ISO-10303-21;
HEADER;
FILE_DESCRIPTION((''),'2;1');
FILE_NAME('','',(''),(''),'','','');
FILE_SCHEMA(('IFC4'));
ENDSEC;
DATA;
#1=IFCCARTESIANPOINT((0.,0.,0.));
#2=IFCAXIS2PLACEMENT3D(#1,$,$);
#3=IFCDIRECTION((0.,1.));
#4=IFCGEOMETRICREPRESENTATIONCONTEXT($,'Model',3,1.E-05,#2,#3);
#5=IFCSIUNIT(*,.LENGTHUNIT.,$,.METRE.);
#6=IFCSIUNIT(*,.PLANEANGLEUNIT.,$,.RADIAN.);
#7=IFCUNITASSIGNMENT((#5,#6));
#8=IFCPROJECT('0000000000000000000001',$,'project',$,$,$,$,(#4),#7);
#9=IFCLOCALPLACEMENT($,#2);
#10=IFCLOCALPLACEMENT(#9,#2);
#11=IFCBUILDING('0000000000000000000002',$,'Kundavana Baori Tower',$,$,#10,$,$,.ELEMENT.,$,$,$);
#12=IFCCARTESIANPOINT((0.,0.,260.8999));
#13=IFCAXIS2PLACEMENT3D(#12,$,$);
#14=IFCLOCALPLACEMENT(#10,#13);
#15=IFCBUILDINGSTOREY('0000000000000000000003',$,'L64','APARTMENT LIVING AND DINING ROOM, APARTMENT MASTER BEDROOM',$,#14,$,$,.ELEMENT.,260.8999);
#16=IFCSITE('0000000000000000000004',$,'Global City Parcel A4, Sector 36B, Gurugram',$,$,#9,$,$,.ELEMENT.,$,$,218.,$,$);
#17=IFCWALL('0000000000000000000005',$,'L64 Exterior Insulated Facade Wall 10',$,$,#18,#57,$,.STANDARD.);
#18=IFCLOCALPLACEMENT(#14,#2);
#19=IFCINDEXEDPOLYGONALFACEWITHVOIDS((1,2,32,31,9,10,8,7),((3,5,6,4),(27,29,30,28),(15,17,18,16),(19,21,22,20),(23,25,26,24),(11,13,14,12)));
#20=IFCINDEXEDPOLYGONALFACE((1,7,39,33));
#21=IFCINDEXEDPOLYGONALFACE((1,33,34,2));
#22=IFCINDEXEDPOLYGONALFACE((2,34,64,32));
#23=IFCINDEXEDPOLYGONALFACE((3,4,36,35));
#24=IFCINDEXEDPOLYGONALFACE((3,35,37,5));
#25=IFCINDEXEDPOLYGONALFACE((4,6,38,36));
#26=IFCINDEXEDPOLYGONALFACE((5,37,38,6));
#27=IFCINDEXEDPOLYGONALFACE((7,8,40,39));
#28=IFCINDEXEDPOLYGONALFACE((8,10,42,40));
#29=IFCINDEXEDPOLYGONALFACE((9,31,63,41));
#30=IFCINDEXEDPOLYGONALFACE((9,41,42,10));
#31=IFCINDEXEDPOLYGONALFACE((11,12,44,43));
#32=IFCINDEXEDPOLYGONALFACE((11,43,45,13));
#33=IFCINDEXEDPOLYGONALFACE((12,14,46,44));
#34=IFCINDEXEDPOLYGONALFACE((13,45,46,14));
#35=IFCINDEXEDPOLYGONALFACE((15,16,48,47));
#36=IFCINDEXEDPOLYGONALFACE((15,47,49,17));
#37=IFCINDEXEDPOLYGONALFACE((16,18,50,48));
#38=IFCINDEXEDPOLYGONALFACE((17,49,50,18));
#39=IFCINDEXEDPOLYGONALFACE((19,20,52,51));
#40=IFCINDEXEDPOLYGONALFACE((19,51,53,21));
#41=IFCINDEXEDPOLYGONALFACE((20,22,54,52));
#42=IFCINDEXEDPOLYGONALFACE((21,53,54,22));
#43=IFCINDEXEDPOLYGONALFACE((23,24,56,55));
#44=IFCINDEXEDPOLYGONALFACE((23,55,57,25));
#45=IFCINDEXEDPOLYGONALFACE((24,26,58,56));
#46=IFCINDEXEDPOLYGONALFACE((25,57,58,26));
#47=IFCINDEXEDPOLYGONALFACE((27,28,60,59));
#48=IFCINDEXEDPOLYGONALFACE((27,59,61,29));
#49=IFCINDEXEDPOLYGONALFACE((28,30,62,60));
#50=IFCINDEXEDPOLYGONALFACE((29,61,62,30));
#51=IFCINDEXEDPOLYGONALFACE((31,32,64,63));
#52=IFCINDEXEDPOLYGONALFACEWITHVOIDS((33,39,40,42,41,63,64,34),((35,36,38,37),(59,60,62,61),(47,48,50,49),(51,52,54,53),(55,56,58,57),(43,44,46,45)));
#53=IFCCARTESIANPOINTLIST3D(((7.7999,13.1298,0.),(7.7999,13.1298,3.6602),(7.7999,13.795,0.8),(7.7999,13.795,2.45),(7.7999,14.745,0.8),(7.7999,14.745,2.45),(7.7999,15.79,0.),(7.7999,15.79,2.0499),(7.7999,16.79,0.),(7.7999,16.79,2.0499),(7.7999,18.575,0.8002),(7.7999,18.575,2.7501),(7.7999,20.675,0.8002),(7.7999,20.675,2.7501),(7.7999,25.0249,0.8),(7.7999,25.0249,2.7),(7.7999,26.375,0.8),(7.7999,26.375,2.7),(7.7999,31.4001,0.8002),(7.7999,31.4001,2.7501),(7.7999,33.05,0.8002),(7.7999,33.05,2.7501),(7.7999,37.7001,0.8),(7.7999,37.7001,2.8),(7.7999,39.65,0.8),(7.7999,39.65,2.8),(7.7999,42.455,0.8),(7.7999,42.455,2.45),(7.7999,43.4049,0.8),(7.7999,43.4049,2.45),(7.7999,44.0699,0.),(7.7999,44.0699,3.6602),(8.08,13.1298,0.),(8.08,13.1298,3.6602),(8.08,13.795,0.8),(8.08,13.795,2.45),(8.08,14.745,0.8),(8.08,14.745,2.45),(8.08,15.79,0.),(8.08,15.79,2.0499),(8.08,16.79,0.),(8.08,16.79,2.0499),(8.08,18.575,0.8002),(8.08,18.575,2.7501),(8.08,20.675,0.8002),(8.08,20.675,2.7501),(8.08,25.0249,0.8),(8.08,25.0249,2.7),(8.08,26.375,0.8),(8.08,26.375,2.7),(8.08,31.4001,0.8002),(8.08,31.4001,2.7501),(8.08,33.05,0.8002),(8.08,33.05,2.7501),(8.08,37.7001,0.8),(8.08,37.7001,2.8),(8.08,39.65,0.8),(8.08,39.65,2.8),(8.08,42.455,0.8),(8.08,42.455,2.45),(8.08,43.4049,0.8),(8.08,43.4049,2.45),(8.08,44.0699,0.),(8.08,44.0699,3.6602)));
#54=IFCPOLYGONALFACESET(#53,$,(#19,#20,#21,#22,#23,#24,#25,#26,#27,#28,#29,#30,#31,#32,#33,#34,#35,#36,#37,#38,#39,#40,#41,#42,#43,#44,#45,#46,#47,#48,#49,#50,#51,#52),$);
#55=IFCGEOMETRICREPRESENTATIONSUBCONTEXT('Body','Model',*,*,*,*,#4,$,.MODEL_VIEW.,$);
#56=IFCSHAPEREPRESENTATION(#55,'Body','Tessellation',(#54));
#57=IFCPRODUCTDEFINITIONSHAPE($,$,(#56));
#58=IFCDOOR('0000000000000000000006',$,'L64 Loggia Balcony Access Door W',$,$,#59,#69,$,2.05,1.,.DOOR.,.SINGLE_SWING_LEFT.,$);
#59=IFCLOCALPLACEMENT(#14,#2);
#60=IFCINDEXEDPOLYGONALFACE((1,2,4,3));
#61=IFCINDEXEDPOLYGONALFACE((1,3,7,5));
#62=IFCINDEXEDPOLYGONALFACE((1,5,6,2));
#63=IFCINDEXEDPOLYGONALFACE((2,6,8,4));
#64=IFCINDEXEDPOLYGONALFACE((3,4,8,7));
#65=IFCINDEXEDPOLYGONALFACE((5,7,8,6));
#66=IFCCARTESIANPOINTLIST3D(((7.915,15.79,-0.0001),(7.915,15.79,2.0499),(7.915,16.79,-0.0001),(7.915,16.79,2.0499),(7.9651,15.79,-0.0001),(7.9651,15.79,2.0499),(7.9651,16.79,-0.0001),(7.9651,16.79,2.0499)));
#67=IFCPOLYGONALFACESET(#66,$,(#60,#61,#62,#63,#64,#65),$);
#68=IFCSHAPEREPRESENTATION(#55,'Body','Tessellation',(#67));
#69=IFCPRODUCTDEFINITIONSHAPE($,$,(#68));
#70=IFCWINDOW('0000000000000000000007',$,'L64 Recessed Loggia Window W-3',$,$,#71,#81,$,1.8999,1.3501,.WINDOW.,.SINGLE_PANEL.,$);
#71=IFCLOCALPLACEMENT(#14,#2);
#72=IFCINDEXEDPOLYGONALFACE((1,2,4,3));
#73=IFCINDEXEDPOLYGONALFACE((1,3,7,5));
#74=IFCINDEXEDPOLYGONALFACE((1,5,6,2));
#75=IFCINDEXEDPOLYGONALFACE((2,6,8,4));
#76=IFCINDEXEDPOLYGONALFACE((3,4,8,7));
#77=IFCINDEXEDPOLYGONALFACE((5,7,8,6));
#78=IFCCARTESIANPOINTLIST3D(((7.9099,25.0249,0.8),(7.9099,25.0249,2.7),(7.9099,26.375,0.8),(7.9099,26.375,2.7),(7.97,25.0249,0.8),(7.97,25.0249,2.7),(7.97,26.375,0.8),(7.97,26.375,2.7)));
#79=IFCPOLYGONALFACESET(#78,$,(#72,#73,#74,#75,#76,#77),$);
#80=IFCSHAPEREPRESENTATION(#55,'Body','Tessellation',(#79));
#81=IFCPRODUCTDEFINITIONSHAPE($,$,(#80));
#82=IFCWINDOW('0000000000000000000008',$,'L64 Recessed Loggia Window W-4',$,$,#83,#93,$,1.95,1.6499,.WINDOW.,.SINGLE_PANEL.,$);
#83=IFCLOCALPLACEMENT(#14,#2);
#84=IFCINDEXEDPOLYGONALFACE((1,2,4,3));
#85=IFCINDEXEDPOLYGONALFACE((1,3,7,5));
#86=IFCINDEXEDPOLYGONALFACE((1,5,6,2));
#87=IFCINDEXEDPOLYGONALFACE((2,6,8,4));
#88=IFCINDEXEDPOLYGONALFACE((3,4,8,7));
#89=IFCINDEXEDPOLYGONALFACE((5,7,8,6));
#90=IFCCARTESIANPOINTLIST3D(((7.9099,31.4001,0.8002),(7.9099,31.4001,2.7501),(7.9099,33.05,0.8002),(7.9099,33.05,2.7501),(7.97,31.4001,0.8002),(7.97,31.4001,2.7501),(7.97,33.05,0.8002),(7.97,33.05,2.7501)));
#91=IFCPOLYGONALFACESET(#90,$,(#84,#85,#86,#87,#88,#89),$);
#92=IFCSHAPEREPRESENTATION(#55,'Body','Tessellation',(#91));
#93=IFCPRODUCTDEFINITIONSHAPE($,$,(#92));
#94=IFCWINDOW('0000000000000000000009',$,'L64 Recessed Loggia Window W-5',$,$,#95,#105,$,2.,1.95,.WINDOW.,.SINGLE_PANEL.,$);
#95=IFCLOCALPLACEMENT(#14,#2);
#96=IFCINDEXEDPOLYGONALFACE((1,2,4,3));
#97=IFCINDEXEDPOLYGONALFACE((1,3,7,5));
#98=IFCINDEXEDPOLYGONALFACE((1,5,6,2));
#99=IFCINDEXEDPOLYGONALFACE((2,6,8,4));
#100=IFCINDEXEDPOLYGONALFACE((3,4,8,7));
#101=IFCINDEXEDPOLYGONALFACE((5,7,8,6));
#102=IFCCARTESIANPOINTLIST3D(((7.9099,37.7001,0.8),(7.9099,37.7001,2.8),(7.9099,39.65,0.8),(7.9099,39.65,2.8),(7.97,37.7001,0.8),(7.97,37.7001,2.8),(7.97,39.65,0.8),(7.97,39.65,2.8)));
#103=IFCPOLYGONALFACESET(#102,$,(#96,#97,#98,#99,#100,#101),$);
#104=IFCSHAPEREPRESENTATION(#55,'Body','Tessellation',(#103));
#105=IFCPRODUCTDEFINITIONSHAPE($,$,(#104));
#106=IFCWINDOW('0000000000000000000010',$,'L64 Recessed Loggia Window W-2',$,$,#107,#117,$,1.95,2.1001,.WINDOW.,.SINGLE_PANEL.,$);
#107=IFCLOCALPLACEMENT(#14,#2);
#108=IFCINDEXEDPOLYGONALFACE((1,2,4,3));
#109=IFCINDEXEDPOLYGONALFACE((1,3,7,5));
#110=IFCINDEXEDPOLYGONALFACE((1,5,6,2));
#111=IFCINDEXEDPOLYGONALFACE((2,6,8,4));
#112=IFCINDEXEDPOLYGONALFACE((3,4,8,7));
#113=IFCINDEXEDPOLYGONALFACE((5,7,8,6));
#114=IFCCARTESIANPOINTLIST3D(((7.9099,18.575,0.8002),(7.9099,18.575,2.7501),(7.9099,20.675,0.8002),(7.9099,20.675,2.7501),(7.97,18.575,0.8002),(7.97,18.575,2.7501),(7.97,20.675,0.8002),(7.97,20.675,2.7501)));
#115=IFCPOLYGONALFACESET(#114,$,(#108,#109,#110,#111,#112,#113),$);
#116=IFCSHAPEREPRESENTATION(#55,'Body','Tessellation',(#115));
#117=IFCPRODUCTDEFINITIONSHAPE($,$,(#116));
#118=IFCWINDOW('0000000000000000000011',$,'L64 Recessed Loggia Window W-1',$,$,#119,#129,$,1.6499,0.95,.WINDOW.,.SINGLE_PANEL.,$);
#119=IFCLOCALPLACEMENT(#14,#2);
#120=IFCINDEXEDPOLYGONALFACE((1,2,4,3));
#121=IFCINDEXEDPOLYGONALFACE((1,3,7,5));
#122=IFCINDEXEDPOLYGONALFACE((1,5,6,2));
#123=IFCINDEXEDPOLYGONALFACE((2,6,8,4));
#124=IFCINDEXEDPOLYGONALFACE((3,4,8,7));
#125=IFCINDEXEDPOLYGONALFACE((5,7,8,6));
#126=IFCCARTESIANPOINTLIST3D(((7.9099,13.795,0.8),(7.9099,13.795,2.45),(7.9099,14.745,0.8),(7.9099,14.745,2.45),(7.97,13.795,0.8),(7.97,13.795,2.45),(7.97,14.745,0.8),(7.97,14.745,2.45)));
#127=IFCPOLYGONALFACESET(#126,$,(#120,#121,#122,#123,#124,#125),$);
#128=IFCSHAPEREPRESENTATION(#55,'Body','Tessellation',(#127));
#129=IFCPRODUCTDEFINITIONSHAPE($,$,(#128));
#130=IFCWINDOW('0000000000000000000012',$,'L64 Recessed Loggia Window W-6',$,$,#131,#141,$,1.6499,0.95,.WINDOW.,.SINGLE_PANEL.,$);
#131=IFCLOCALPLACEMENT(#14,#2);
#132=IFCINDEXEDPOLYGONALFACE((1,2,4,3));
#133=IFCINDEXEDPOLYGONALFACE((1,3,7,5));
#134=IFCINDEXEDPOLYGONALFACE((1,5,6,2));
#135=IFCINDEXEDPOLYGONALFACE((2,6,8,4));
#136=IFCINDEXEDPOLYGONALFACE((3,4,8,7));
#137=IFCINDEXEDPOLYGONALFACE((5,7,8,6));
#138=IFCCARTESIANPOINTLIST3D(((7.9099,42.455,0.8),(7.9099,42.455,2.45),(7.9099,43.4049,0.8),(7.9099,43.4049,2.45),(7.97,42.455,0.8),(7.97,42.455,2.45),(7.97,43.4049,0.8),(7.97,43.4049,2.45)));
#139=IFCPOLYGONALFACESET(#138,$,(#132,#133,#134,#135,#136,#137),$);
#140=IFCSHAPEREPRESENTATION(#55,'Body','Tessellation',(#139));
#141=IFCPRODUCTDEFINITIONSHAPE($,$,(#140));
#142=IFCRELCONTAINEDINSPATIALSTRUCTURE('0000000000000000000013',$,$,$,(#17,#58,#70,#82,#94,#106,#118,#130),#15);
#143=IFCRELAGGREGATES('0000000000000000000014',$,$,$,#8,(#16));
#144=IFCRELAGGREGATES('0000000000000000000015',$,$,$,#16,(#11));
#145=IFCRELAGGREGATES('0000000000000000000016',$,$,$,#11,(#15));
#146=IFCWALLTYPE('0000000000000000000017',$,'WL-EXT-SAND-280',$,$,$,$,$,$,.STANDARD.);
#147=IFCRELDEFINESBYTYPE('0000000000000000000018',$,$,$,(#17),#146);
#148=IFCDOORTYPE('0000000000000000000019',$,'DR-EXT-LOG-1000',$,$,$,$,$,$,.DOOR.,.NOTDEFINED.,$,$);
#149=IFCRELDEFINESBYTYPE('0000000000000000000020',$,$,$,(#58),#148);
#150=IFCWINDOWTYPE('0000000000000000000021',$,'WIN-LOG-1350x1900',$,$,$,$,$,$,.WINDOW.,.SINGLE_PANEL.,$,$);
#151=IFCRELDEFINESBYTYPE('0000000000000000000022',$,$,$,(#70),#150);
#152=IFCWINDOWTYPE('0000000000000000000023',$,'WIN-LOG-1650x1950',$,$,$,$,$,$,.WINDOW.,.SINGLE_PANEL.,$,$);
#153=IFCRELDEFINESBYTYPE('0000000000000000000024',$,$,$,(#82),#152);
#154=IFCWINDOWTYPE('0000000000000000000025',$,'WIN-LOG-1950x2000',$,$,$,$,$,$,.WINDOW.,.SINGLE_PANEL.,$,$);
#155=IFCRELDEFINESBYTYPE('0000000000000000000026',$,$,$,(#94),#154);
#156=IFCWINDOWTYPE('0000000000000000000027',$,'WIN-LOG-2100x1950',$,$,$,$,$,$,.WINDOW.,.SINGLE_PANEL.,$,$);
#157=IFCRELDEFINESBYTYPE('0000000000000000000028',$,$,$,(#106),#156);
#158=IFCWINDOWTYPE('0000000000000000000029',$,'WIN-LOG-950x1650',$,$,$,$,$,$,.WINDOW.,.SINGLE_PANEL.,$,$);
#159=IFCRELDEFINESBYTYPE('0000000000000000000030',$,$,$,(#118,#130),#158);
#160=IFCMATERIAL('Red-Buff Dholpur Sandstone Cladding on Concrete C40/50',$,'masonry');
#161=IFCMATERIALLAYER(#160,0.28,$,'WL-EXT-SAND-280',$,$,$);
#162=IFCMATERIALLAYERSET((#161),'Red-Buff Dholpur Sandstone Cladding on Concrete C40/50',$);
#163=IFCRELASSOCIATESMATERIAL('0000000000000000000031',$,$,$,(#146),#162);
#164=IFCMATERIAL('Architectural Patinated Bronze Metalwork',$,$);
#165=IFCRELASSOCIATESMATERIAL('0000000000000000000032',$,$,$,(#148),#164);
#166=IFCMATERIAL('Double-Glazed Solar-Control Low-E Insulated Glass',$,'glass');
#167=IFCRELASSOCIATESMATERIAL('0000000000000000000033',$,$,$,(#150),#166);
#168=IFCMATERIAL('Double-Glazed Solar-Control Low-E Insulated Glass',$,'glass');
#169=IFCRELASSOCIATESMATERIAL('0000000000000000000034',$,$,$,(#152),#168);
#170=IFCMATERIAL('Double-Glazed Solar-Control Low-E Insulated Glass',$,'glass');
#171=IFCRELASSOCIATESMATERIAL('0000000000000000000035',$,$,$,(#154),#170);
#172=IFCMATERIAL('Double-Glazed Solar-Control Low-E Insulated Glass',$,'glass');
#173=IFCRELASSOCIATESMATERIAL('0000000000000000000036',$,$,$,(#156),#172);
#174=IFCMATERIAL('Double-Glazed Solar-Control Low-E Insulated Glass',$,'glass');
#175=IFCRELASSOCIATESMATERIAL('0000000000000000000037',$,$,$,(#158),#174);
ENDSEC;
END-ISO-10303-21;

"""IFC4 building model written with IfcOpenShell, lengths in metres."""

from ifc_helpers import new_model, si_unit, direction, frame, frame_2d, origin, place, context, subcontext, project, spatial, rectangle, extrude, material, layer, layer_set, type_object, element, fill, save


model = new_model("IFC4")

# Units and contexts
model_context = context("Model", 3, precision=1e-05, world=origin(), true_north=direction((0.0, 1.0)))
body_context = subcontext(model_context, "Body", "Model", "MODEL_VIEW")
ifc_project = project(units=[si_unit("LENGTHUNIT", "METRE"), si_unit("PLANEANGLEUNIT", "RADIAN")], contexts=[model_context])

# Site, building, storey
site_placement = place(None, origin())
site = spatial("IfcSite", under=ifc_project, at=site_placement, Name="Global City Parcel A4, Sector 36B, Gurugram", CompositionType="ELEMENT", RefElevation=218.0)
building_placement = place(site_placement, origin())
building = spatial("IfcBuilding", under=site, at=building_placement, Name="Kundavana Baori Tower", CompositionType="ELEMENT")
storey_placement = place(building_placement, frame((0.0, 0.0, 260.8999)))
storey = spatial("IfcBuildingStorey", under=building, at=storey_placement, Name="L64", Description="APARTMENT LIVING AND DINING ROOM, APARTMENT MASTER BEDROOM", CompositionType="ELEMENT", Elevation=260.8999)

# Shared definitions
ifc_material_1 = material(Name="Red-Buff Dholpur Sandstone Cladding on Concrete C40/50", Category="masonry")
ifc_layer_1 = layer(ifc_material_1, 0.28, Name="WL-EXT-SAND-280")
ifc_layer_set_1 = layer_set([ifc_layer_1], Name="Red-Buff Dholpur Sandstone Cladding on Concrete C40/50")
wall_type_1 = type_object("IfcWallType", Name="WL-EXT-SAND-280", PredefinedType="STANDARD", material=ifc_layer_set_1)

# Wall, openings, door, windows
wall_1_placement = place(storey_placement, frame((7.9399, 44.0701, 0.0), z_axis=(0.0, 0.0, 1.0), x_axis=(0.0, -1.0, 0.0)))
wall_1 = element("IfcWall", 1, at=wall_1_placement, inside=storey, type_object=wall_type_1, Name="L64 Exterior Insulated Facade Wall 10", PredefinedType="STANDARD", context=body_context, shape_type="SweptSolid", body=[
    extrude(rectangle(XDim=30.9402, YDim=0.28, at=frame_2d((15.4702, 0.0))), origin(), (0.0, 0.0, 1.0), 3.6602),
])
opening_1_placement = place(wall_1_placement, frame((29.325, 0.0, 0.8)))
opening_1 = element("IfcOpeningElement", 2, at=opening_1_placement, cuts=wall_1, PredefinedType="OPENING", context=body_context, shape_type="SweptSolid", body=[
    extrude(rectangle(XDim=0.95, YDim=1.6499, at=frame_2d((0.4751, 0.825))), frame((0.0, 0.1499, 0.0), z_axis=(0.0, -1.0, 0.0), x_axis=(1.0, 0.0, 0.0)), (0.0, 0.0, 1.0), 0.3),
])
opening_2_placement = place(wall_1_placement, frame((27.28, 0.0, 0.0)))
opening_2 = element("IfcOpeningElement", 3, at=opening_2_placement, cuts=wall_1, PredefinedType="OPENING", context=body_context, shape_type="SweptSolid", body=[
    extrude(rectangle(XDim=1.0, YDim=2.05, at=frame_2d((0.5, 1.0249))), frame((0.0, 0.1499, 0.0), z_axis=(0.0, -1.0, 0.0), x_axis=(1.0, 0.0, 0.0)), (0.0, 0.0, 1.0), 0.3),
])
opening_3_placement = place(wall_1_placement, frame((23.395, 0.0, 0.8)))
opening_3 = element("IfcOpeningElement", 4, at=opening_3_placement, cuts=wall_1, PredefinedType="OPENING", context=body_context, shape_type="SweptSolid", body=[
    extrude(rectangle(XDim=2.1001, YDim=1.95, at=frame_2d((1.05, 0.9751))), frame((0.0, 0.1499, 0.0), z_axis=(0.0, -1.0, 0.0), x_axis=(1.0, 0.0, 0.0)), (0.0, 0.0, 1.0), 0.3),
])
opening_4_placement = place(wall_1_placement, frame((17.6951, 0.0, 0.8)))
opening_4 = element("IfcOpeningElement", 5, at=opening_4_placement, cuts=wall_1, PredefinedType="OPENING", context=body_context, shape_type="SweptSolid", body=[
    extrude(rectangle(XDim=1.3501, YDim=1.8999, at=frame_2d((0.675, 0.95))), frame((0.0, 0.1499, 0.0), z_axis=(0.0, -1.0, 0.0), x_axis=(1.0, 0.0, 0.0)), (0.0, 0.0, 1.0), 0.3),
])
opening_5_placement = place(wall_1_placement, frame((11.02, 0.0, 0.8)))
opening_5 = element("IfcOpeningElement", 6, at=opening_5_placement, cuts=wall_1, PredefinedType="OPENING", context=body_context, shape_type="SweptSolid", body=[
    extrude(rectangle(XDim=1.6499, YDim=1.95, at=frame_2d((0.825, 0.9751))), frame((0.0, 0.1499, 0.0), z_axis=(0.0, -1.0, 0.0), x_axis=(1.0, 0.0, 0.0)), (0.0, 0.0, 1.0), 0.3),
])
opening_6_placement = place(wall_1_placement, frame((4.4199, 0.0, 0.8)))
opening_6 = element("IfcOpeningElement", 7, at=opening_6_placement, cuts=wall_1, PredefinedType="OPENING", context=body_context, shape_type="SweptSolid", body=[
    extrude(rectangle(XDim=1.95, YDim=2.0, at=frame_2d((0.9751, 1.0))), frame((0.0, 0.1499, 0.0), z_axis=(0.0, -1.0, 0.0), x_axis=(1.0, 0.0, 0.0)), (0.0, 0.0, 1.0), 0.3),
])
opening_7_placement = place(wall_1_placement, frame((0.665, 0.0, 0.8)))
opening_7 = element("IfcOpeningElement", 8, at=opening_7_placement, cuts=wall_1, PredefinedType="OPENING", context=body_context, shape_type="SweptSolid", body=[
    extrude(rectangle(XDim=0.95, YDim=1.6499, at=frame_2d((0.4751, 0.825))), frame((0.0, 0.1499, 0.0), z_axis=(0.0, -1.0, 0.0), x_axis=(1.0, 0.0, 0.0)), (0.0, 0.0, 1.0), 0.3),
])
ifc_material_2 = material(Name="Architectural Patinated Bronze Metalwork")
door_type_1 = type_object("IfcDoorType", Name="DR-EXT-LOG-1000", OperationType="NOTDEFINED", PredefinedType="DOOR", material=ifc_material_2)
door_1_placement = place(opening_2_placement, frame((1.0, 0.0, 0.0), z_axis=(0.0, 0.0, 1.0), x_axis=(-1.0, 0.0, 0.0)))
door_1 = element("IfcDoor", 9, at=door_1_placement, inside=storey, type_object=door_type_1, Name="L64 Loggia Balcony Access Door W", OperationType="SINGLE_SWING_LEFT", OverallHeight=2.05, OverallWidth=1.0, PredefinedType="DOOR", context=body_context, shape_type="SweptSolid", body=[
    extrude(rectangle(XDim=1.0, YDim=2.05, at=frame_2d((0.5, 1.0249))), frame((0.0, 0.0249, 0.0), z_axis=(0.0, -1.0, 0.0), x_axis=(1.0, 0.0, 0.0)), (0.0, 0.0, 1.0), 0.05),
])
fill(opening_2, door_1)
ifc_material_3 = material(Name="Double-Glazed Solar-Control Low-E Insulated Glass", Category="glass")
window_type_1 = type_object("IfcWindowType", Name="WIN-LOG-1350x1900", PartitioningType="SINGLE_PANEL", PredefinedType="WINDOW", material=ifc_material_3)
window_1_placement = place(opening_4_placement, origin())
window_1 = element("IfcWindow", 10, at=window_1_placement, inside=storey, type_object=window_type_1, Name="L64 Recessed Loggia Window W-3", OverallHeight=1.8999, OverallWidth=1.3501, PartitioningType="SINGLE_PANEL", PredefinedType="WINDOW", context=body_context, shape_type="SweptSolid", body=[
    extrude(rectangle(XDim=1.3501, YDim=1.8999, at=frame_2d((0.675, 0.95))), frame((0.0, 0.03, 0.0), z_axis=(0.0, -1.0, 0.0), x_axis=(1.0, 0.0, 0.0)), (0.0, 0.0, 1.0), 0.0601),
])
fill(opening_4, window_1)
ifc_material_4 = material(Name="Double-Glazed Solar-Control Low-E Insulated Glass", Category="glass")
window_type_2 = type_object("IfcWindowType", Name="WIN-LOG-1650x1950", PartitioningType="SINGLE_PANEL", PredefinedType="WINDOW", material=ifc_material_4)
window_2_placement = place(opening_5_placement, origin())
window_2 = element("IfcWindow", 11, at=window_2_placement, inside=storey, type_object=window_type_2, Name="L64 Recessed Loggia Window W-4", OverallHeight=1.95, OverallWidth=1.6499, PartitioningType="SINGLE_PANEL", PredefinedType="WINDOW", context=body_context, shape_type="SweptSolid", body=[
    extrude(rectangle(XDim=1.6499, YDim=1.95, at=frame_2d((0.825, 0.9751))), frame((0.0, 0.03, 0.0), z_axis=(0.0, -1.0, 0.0), x_axis=(1.0, 0.0, 0.0)), (0.0, 0.0, 1.0), 0.0601),
])
fill(opening_5, window_2)
ifc_material_5 = material(Name="Double-Glazed Solar-Control Low-E Insulated Glass", Category="glass")
window_type_3 = type_object("IfcWindowType", Name="WIN-LOG-1950x2000", PartitioningType="SINGLE_PANEL", PredefinedType="WINDOW", material=ifc_material_5)
window_3_placement = place(opening_6_placement, origin())
window_3 = element("IfcWindow", 12, at=window_3_placement, inside=storey, type_object=window_type_3, Name="L64 Recessed Loggia Window W-5", OverallHeight=2.0, OverallWidth=1.95, PartitioningType="SINGLE_PANEL", PredefinedType="WINDOW", context=body_context, shape_type="SweptSolid", body=[
    extrude(rectangle(XDim=1.95, YDim=2.0, at=frame_2d((0.9751, 1.0))), frame((0.0, 0.03, 0.0), z_axis=(0.0, -1.0, 0.0), x_axis=(1.0, 0.0, 0.0)), (0.0, 0.0, 1.0), 0.0601),
])
fill(opening_6, window_3)
ifc_material_6 = material(Name="Double-Glazed Solar-Control Low-E Insulated Glass", Category="glass")
window_type_4 = type_object("IfcWindowType", Name="WIN-LOG-2100x1950", PartitioningType="SINGLE_PANEL", PredefinedType="WINDOW", material=ifc_material_6)
window_4_placement = place(opening_3_placement, origin())
window_4 = element("IfcWindow", 13, at=window_4_placement, inside=storey, type_object=window_type_4, Name="L64 Recessed Loggia Window W-2", OverallHeight=1.95, OverallWidth=2.1001, PartitioningType="SINGLE_PANEL", PredefinedType="WINDOW", context=body_context, shape_type="SweptSolid", body=[
    extrude(rectangle(XDim=2.1001, YDim=1.95, at=frame_2d((1.05, 0.9751))), frame((0.0, 0.03, 0.0), z_axis=(0.0, -1.0, 0.0), x_axis=(1.0, 0.0, 0.0)), (0.0, 0.0, 1.0), 0.0601),
])
fill(opening_3, window_4)
ifc_material_7 = material(Name="Double-Glazed Solar-Control Low-E Insulated Glass", Category="glass")
window_type_5 = type_object("IfcWindowType", Name="WIN-LOG-950x1650", PartitioningType="SINGLE_PANEL", PredefinedType="WINDOW", material=ifc_material_7)
window_5_placement = place(opening_1_placement, origin())
window_5 = element("IfcWindow", 14, at=window_5_placement, inside=storey, type_object=window_type_5, Name="L64 Recessed Loggia Window W-1", OverallHeight=1.6499, OverallWidth=0.95, PartitioningType="SINGLE_PANEL", PredefinedType="WINDOW", context=body_context, shape_type="SweptSolid", body=[
    extrude(rectangle(XDim=0.95, YDim=1.6499, at=frame_2d((0.4751, 0.825))), frame((0.0, 0.03, 0.0), z_axis=(0.0, -1.0, 0.0), x_axis=(1.0, 0.0, 0.0)), (0.0, 0.0, 1.0), 0.0601),
])
fill(opening_1, window_5)
window_6_placement = place(opening_7_placement, origin())
window_6 = element("IfcWindow", 15, at=window_6_placement, inside=storey, type_object=window_type_5, Name="L64 Recessed Loggia Window W-6", OverallHeight=1.6499, OverallWidth=0.95, PartitioningType="SINGLE_PANEL", PredefinedType="WINDOW", context=body_context, shape_type="SweptSolid", body=[
    extrude(rectangle(XDim=0.95, YDim=1.6499, at=frame_2d((0.4751, 0.825))), frame((0.0, 0.03, 0.0), z_axis=(0.0, -1.0, 0.0), x_axis=(1.0, 0.0, 0.0)), (0.0, 0.0, 1.0), 0.0601),
])
fill(opening_7, window_6)

save(model, "model.ifc")
